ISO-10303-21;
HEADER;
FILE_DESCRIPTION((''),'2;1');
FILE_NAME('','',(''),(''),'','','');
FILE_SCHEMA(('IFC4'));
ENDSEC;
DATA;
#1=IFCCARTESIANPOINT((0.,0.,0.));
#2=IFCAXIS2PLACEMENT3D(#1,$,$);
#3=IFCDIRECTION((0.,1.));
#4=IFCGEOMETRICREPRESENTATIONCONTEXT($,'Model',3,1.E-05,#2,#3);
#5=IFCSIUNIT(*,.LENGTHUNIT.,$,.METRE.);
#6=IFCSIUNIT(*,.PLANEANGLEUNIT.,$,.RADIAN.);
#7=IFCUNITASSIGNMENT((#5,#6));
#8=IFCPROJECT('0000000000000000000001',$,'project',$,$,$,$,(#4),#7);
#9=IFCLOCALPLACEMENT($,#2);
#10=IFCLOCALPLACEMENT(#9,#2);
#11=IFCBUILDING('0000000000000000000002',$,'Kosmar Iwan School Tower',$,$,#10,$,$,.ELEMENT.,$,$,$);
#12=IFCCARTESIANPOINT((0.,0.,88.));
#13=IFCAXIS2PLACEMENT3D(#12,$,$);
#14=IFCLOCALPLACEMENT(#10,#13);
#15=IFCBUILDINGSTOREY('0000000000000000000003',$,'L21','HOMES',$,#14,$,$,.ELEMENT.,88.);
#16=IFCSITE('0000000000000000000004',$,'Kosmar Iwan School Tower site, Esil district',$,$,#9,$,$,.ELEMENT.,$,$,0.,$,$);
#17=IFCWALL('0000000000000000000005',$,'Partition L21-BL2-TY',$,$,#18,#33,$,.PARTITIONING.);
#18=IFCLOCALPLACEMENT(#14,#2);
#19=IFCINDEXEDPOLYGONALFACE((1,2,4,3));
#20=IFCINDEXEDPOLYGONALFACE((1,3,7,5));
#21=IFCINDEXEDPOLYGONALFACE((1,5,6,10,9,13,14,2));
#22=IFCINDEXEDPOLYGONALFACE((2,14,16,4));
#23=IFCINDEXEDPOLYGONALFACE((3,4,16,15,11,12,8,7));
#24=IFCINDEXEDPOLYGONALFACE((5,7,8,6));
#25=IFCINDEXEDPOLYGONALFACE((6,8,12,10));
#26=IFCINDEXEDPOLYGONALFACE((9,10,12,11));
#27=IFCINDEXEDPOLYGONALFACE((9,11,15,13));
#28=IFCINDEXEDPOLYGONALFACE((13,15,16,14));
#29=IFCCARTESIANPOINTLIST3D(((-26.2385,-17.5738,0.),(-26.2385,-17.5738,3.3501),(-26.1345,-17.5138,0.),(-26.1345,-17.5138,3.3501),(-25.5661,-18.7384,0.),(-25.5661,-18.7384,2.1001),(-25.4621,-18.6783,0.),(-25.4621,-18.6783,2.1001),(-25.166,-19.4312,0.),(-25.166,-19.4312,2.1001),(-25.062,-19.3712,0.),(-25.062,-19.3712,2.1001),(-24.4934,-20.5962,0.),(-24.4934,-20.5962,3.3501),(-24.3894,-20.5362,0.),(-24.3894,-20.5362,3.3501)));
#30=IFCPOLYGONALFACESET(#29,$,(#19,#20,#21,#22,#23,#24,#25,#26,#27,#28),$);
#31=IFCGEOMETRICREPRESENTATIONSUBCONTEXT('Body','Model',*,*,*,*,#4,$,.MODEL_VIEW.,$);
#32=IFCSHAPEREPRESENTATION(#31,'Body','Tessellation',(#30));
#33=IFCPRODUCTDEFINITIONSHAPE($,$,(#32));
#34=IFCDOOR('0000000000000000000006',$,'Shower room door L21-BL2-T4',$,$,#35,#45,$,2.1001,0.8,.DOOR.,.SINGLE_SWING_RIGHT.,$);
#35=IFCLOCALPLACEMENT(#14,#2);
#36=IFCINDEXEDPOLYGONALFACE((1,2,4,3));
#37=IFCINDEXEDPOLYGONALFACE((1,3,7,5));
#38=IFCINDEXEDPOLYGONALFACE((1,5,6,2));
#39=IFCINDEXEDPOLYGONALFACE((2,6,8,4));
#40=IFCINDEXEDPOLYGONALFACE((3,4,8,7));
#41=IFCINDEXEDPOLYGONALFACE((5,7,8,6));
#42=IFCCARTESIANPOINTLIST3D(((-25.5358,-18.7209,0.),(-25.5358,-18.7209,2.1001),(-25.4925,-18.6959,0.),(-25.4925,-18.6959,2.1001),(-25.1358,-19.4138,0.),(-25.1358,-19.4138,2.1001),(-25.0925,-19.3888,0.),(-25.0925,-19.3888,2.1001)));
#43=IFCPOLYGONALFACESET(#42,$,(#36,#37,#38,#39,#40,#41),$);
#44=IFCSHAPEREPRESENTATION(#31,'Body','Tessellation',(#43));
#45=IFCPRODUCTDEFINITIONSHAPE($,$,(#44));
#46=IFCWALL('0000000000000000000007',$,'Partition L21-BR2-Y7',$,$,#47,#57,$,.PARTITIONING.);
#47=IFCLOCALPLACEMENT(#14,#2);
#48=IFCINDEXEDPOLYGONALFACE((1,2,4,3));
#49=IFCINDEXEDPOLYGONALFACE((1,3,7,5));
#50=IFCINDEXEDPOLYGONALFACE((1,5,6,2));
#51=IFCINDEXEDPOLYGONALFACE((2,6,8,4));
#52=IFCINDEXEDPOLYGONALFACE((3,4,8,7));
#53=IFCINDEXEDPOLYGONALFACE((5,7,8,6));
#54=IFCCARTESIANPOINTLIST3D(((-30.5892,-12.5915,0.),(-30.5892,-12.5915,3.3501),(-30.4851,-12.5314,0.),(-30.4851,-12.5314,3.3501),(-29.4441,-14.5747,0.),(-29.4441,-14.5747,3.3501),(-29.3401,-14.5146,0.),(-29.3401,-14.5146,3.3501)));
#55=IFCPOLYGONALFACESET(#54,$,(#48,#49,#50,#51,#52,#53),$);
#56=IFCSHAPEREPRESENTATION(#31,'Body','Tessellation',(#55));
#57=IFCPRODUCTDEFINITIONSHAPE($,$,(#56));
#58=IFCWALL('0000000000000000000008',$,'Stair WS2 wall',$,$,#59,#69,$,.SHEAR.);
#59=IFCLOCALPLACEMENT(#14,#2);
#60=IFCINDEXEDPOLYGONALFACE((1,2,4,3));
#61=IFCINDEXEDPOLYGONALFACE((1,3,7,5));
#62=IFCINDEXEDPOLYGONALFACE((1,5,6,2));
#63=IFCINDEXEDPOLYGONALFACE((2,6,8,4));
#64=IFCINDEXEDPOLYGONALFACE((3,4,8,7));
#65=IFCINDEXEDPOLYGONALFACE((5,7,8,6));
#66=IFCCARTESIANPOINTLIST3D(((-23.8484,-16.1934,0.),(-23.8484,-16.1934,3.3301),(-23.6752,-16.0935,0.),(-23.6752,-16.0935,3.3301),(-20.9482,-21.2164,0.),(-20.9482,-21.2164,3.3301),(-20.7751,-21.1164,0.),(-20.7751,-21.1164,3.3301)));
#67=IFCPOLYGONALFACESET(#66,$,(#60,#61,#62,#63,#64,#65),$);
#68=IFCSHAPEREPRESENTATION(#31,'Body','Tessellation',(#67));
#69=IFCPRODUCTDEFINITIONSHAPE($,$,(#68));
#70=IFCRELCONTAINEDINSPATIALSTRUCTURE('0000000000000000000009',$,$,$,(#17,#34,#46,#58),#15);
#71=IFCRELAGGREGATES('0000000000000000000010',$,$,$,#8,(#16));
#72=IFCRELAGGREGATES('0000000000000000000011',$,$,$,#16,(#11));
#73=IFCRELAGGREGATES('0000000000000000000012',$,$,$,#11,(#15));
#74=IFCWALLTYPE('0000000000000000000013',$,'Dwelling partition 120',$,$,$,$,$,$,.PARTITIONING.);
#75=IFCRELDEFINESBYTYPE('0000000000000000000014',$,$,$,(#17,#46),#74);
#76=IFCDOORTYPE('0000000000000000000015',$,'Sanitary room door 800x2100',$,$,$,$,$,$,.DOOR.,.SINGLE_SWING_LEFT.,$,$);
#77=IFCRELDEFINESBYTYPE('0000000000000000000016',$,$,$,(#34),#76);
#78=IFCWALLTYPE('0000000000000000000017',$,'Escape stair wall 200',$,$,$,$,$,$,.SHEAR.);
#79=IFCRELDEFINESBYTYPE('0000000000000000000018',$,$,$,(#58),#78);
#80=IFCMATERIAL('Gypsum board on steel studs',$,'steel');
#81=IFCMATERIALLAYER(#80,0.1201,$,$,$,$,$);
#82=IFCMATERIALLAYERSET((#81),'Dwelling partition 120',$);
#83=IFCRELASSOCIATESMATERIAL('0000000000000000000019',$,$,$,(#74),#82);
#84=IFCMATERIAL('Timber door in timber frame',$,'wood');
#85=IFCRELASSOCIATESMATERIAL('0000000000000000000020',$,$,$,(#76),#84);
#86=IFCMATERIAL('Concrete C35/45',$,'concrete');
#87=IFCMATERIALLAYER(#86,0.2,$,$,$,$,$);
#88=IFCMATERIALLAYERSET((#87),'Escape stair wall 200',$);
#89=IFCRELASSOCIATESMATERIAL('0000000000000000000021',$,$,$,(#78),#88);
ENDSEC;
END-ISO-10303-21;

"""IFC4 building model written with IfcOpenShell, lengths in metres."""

from ifc_helpers import new_model, si_unit, direction, frame, frame_2d, origin, place, context, subcontext, project, spatial, rectangle, extrude, material, layer, layer_set, type_object, element, fill, save


model = new_model("IFC4")

# Units and contexts
model_context = context("Model", 3, precision=1e-05, world=origin(), true_north=direction((0.0, 1.0)))
body_context = subcontext(model_context, "Body", "Model", "MODEL_VIEW")
ifc_project = project(units=[si_unit("LENGTHUNIT", "METRE"), si_unit("PLANEANGLEUNIT", "RADIAN")], contexts=[model_context])

# Site, building, storey
site_placement = place(None, origin())
site = spatial("IfcSite", under=ifc_project, at=site_placement, Name="Kosmar Iwan School Tower site, Esil district", CompositionType="ELEMENT", RefElevation=0.0)
building_placement = place(site_placement, origin())
building = spatial("IfcBuilding", under=site, at=building_placement, Name="Kosmar Iwan School Tower", CompositionType="ELEMENT")
storey_placement = place(building_placement, frame((0.0, 0.0, 88.0)))
storey = spatial("IfcBuildingStorey", under=building, at=storey_placement, Name="L21", Description="HOMES", CompositionType="ELEMENT", Elevation=88.0)

# Wall, opening, door
ifc_material_1 = material(Name="Gypsum board on steel studs", Category="steel")
ifc_layer_1 = layer(ifc_material_1, 0.1201)
ifc_layer_set_1 = layer_set([ifc_layer_1], Name="Dwelling partition 120")
wall_type_1 = type_object("IfcWallType", Name="Dwelling partition 120", PredefinedType="PARTITIONING", material=ifc_layer_set_1)
wall_1_placement = place(storey_placement, frame((-26.1865, -17.5437, 0.0), z_axis=(0.0, 0.0, 1.0), x_axis=(0.500021, -0.866013, 0.0)))
wall_1 = element("IfcWall", 1, at=wall_1_placement, inside=storey, type_object=wall_type_1, Name="Partition L21-BL2-TY", PredefinedType="PARTITIONING", context=body_context, shape_type="SweptSolid", body=[
    extrude(rectangle(XDim=3.49, YDim=0.1201, at=frame_2d((1.7451, 0.0))), origin(), (0.0, 0.0, 1.0), 3.3501),
])
opening_1_placement = place(wall_1_placement, frame((1.345, 0.0, 0.0)))
opening_1 = element("IfcOpeningElement", 2, at=opening_1_placement, cuts=wall_1, PredefinedType="OPENING", context=body_context, shape_type="SweptSolid", body=[
    extrude(rectangle(XDim=0.8, YDim=2.1001, at=frame_2d((0.3999, 1.05))), frame((0.0, 0.072, 0.0), z_axis=(0.0, -1.0, 0.0), x_axis=(1.0, 0.0, 0.0)), (0.0, 0.0, 1.0), 0.144),
])
ifc_material_2 = material(Name="Timber door in timber frame", Category="wood")
door_type_1 = type_object("IfcDoorType", Name="Sanitary room door 800x2100", OperationType="SINGLE_SWING_LEFT", PredefinedType="DOOR", material=ifc_material_2)
door_1_placement = place(opening_1_placement, origin())
door_1 = element("IfcDoor", 3, at=door_1_placement, inside=storey, type_object=door_type_1, Name="Shower room door L21-BL2-T4", OperationType="SINGLE_SWING_RIGHT", OverallHeight=2.1001, OverallWidth=0.8, PredefinedType="DOOR", context=body_context, shape_type="SweptSolid", body=[
    extrude(rectangle(XDim=0.8, YDim=2.1001, at=frame_2d((0.3999, 1.05))), frame((0.0, 0.0249, 0.0), z_axis=(0.0, -1.0, 0.0), x_axis=(1.0, 0.0, 0.0)), (0.0, 0.0, 1.0), 0.05),
])
fill(opening_1, door_1)

# Walls
wall_2_placement = place(storey_placement, frame((-29.3921, -14.5447, 0.0), z_axis=(0.0, 0.0, 1.0), x_axis=(-0.500015, 0.866017, 0.0)))
element("IfcWall", 4, at=wall_2_placement, inside=storey, type_object=wall_type_1, Name="Partition L21-BR2-Y7", PredefinedType="PARTITIONING", context=body_context, shape_type="SweptSolid", body=[
    extrude(rectangle(XDim=2.29, YDim=0.1201, at=frame_2d((1.145, 0.0))), origin(), (0.0, 0.0, 1.0), 3.3501),
])
ifc_material_3 = material(Name="Concrete C35/45", Category="concrete")
ifc_layer_2 = layer(ifc_material_3, 0.2)
ifc_layer_set_2 = layer_set([ifc_layer_2], Name="Escape stair wall 200")
wall_type_2 = type_object("IfcWallType", Name="Escape stair wall 200", PredefinedType="SHEAR", material=ifc_layer_set_2)
wall_3_placement = place(storey_placement, frame((-23.7617, -16.1436, 0.0), z_axis=(0.0, 0.0, 1.0), x_axis=(0.500019, -0.866015, 0.0)))
element("IfcWall", 5, at=wall_3_placement, inside=storey, type_object=wall_type_2, Name="Stair WS2 wall", PredefinedType="SHEAR", context=body_context, shape_type="SweptSolid", body=[
    extrude(rectangle(XDim=5.8, YDim=0.2, at=frame_2d((2.8999, 0.0))), origin(), (0.0, 0.0, 1.0), 3.3301),
])

save(model, "model.ifc")
